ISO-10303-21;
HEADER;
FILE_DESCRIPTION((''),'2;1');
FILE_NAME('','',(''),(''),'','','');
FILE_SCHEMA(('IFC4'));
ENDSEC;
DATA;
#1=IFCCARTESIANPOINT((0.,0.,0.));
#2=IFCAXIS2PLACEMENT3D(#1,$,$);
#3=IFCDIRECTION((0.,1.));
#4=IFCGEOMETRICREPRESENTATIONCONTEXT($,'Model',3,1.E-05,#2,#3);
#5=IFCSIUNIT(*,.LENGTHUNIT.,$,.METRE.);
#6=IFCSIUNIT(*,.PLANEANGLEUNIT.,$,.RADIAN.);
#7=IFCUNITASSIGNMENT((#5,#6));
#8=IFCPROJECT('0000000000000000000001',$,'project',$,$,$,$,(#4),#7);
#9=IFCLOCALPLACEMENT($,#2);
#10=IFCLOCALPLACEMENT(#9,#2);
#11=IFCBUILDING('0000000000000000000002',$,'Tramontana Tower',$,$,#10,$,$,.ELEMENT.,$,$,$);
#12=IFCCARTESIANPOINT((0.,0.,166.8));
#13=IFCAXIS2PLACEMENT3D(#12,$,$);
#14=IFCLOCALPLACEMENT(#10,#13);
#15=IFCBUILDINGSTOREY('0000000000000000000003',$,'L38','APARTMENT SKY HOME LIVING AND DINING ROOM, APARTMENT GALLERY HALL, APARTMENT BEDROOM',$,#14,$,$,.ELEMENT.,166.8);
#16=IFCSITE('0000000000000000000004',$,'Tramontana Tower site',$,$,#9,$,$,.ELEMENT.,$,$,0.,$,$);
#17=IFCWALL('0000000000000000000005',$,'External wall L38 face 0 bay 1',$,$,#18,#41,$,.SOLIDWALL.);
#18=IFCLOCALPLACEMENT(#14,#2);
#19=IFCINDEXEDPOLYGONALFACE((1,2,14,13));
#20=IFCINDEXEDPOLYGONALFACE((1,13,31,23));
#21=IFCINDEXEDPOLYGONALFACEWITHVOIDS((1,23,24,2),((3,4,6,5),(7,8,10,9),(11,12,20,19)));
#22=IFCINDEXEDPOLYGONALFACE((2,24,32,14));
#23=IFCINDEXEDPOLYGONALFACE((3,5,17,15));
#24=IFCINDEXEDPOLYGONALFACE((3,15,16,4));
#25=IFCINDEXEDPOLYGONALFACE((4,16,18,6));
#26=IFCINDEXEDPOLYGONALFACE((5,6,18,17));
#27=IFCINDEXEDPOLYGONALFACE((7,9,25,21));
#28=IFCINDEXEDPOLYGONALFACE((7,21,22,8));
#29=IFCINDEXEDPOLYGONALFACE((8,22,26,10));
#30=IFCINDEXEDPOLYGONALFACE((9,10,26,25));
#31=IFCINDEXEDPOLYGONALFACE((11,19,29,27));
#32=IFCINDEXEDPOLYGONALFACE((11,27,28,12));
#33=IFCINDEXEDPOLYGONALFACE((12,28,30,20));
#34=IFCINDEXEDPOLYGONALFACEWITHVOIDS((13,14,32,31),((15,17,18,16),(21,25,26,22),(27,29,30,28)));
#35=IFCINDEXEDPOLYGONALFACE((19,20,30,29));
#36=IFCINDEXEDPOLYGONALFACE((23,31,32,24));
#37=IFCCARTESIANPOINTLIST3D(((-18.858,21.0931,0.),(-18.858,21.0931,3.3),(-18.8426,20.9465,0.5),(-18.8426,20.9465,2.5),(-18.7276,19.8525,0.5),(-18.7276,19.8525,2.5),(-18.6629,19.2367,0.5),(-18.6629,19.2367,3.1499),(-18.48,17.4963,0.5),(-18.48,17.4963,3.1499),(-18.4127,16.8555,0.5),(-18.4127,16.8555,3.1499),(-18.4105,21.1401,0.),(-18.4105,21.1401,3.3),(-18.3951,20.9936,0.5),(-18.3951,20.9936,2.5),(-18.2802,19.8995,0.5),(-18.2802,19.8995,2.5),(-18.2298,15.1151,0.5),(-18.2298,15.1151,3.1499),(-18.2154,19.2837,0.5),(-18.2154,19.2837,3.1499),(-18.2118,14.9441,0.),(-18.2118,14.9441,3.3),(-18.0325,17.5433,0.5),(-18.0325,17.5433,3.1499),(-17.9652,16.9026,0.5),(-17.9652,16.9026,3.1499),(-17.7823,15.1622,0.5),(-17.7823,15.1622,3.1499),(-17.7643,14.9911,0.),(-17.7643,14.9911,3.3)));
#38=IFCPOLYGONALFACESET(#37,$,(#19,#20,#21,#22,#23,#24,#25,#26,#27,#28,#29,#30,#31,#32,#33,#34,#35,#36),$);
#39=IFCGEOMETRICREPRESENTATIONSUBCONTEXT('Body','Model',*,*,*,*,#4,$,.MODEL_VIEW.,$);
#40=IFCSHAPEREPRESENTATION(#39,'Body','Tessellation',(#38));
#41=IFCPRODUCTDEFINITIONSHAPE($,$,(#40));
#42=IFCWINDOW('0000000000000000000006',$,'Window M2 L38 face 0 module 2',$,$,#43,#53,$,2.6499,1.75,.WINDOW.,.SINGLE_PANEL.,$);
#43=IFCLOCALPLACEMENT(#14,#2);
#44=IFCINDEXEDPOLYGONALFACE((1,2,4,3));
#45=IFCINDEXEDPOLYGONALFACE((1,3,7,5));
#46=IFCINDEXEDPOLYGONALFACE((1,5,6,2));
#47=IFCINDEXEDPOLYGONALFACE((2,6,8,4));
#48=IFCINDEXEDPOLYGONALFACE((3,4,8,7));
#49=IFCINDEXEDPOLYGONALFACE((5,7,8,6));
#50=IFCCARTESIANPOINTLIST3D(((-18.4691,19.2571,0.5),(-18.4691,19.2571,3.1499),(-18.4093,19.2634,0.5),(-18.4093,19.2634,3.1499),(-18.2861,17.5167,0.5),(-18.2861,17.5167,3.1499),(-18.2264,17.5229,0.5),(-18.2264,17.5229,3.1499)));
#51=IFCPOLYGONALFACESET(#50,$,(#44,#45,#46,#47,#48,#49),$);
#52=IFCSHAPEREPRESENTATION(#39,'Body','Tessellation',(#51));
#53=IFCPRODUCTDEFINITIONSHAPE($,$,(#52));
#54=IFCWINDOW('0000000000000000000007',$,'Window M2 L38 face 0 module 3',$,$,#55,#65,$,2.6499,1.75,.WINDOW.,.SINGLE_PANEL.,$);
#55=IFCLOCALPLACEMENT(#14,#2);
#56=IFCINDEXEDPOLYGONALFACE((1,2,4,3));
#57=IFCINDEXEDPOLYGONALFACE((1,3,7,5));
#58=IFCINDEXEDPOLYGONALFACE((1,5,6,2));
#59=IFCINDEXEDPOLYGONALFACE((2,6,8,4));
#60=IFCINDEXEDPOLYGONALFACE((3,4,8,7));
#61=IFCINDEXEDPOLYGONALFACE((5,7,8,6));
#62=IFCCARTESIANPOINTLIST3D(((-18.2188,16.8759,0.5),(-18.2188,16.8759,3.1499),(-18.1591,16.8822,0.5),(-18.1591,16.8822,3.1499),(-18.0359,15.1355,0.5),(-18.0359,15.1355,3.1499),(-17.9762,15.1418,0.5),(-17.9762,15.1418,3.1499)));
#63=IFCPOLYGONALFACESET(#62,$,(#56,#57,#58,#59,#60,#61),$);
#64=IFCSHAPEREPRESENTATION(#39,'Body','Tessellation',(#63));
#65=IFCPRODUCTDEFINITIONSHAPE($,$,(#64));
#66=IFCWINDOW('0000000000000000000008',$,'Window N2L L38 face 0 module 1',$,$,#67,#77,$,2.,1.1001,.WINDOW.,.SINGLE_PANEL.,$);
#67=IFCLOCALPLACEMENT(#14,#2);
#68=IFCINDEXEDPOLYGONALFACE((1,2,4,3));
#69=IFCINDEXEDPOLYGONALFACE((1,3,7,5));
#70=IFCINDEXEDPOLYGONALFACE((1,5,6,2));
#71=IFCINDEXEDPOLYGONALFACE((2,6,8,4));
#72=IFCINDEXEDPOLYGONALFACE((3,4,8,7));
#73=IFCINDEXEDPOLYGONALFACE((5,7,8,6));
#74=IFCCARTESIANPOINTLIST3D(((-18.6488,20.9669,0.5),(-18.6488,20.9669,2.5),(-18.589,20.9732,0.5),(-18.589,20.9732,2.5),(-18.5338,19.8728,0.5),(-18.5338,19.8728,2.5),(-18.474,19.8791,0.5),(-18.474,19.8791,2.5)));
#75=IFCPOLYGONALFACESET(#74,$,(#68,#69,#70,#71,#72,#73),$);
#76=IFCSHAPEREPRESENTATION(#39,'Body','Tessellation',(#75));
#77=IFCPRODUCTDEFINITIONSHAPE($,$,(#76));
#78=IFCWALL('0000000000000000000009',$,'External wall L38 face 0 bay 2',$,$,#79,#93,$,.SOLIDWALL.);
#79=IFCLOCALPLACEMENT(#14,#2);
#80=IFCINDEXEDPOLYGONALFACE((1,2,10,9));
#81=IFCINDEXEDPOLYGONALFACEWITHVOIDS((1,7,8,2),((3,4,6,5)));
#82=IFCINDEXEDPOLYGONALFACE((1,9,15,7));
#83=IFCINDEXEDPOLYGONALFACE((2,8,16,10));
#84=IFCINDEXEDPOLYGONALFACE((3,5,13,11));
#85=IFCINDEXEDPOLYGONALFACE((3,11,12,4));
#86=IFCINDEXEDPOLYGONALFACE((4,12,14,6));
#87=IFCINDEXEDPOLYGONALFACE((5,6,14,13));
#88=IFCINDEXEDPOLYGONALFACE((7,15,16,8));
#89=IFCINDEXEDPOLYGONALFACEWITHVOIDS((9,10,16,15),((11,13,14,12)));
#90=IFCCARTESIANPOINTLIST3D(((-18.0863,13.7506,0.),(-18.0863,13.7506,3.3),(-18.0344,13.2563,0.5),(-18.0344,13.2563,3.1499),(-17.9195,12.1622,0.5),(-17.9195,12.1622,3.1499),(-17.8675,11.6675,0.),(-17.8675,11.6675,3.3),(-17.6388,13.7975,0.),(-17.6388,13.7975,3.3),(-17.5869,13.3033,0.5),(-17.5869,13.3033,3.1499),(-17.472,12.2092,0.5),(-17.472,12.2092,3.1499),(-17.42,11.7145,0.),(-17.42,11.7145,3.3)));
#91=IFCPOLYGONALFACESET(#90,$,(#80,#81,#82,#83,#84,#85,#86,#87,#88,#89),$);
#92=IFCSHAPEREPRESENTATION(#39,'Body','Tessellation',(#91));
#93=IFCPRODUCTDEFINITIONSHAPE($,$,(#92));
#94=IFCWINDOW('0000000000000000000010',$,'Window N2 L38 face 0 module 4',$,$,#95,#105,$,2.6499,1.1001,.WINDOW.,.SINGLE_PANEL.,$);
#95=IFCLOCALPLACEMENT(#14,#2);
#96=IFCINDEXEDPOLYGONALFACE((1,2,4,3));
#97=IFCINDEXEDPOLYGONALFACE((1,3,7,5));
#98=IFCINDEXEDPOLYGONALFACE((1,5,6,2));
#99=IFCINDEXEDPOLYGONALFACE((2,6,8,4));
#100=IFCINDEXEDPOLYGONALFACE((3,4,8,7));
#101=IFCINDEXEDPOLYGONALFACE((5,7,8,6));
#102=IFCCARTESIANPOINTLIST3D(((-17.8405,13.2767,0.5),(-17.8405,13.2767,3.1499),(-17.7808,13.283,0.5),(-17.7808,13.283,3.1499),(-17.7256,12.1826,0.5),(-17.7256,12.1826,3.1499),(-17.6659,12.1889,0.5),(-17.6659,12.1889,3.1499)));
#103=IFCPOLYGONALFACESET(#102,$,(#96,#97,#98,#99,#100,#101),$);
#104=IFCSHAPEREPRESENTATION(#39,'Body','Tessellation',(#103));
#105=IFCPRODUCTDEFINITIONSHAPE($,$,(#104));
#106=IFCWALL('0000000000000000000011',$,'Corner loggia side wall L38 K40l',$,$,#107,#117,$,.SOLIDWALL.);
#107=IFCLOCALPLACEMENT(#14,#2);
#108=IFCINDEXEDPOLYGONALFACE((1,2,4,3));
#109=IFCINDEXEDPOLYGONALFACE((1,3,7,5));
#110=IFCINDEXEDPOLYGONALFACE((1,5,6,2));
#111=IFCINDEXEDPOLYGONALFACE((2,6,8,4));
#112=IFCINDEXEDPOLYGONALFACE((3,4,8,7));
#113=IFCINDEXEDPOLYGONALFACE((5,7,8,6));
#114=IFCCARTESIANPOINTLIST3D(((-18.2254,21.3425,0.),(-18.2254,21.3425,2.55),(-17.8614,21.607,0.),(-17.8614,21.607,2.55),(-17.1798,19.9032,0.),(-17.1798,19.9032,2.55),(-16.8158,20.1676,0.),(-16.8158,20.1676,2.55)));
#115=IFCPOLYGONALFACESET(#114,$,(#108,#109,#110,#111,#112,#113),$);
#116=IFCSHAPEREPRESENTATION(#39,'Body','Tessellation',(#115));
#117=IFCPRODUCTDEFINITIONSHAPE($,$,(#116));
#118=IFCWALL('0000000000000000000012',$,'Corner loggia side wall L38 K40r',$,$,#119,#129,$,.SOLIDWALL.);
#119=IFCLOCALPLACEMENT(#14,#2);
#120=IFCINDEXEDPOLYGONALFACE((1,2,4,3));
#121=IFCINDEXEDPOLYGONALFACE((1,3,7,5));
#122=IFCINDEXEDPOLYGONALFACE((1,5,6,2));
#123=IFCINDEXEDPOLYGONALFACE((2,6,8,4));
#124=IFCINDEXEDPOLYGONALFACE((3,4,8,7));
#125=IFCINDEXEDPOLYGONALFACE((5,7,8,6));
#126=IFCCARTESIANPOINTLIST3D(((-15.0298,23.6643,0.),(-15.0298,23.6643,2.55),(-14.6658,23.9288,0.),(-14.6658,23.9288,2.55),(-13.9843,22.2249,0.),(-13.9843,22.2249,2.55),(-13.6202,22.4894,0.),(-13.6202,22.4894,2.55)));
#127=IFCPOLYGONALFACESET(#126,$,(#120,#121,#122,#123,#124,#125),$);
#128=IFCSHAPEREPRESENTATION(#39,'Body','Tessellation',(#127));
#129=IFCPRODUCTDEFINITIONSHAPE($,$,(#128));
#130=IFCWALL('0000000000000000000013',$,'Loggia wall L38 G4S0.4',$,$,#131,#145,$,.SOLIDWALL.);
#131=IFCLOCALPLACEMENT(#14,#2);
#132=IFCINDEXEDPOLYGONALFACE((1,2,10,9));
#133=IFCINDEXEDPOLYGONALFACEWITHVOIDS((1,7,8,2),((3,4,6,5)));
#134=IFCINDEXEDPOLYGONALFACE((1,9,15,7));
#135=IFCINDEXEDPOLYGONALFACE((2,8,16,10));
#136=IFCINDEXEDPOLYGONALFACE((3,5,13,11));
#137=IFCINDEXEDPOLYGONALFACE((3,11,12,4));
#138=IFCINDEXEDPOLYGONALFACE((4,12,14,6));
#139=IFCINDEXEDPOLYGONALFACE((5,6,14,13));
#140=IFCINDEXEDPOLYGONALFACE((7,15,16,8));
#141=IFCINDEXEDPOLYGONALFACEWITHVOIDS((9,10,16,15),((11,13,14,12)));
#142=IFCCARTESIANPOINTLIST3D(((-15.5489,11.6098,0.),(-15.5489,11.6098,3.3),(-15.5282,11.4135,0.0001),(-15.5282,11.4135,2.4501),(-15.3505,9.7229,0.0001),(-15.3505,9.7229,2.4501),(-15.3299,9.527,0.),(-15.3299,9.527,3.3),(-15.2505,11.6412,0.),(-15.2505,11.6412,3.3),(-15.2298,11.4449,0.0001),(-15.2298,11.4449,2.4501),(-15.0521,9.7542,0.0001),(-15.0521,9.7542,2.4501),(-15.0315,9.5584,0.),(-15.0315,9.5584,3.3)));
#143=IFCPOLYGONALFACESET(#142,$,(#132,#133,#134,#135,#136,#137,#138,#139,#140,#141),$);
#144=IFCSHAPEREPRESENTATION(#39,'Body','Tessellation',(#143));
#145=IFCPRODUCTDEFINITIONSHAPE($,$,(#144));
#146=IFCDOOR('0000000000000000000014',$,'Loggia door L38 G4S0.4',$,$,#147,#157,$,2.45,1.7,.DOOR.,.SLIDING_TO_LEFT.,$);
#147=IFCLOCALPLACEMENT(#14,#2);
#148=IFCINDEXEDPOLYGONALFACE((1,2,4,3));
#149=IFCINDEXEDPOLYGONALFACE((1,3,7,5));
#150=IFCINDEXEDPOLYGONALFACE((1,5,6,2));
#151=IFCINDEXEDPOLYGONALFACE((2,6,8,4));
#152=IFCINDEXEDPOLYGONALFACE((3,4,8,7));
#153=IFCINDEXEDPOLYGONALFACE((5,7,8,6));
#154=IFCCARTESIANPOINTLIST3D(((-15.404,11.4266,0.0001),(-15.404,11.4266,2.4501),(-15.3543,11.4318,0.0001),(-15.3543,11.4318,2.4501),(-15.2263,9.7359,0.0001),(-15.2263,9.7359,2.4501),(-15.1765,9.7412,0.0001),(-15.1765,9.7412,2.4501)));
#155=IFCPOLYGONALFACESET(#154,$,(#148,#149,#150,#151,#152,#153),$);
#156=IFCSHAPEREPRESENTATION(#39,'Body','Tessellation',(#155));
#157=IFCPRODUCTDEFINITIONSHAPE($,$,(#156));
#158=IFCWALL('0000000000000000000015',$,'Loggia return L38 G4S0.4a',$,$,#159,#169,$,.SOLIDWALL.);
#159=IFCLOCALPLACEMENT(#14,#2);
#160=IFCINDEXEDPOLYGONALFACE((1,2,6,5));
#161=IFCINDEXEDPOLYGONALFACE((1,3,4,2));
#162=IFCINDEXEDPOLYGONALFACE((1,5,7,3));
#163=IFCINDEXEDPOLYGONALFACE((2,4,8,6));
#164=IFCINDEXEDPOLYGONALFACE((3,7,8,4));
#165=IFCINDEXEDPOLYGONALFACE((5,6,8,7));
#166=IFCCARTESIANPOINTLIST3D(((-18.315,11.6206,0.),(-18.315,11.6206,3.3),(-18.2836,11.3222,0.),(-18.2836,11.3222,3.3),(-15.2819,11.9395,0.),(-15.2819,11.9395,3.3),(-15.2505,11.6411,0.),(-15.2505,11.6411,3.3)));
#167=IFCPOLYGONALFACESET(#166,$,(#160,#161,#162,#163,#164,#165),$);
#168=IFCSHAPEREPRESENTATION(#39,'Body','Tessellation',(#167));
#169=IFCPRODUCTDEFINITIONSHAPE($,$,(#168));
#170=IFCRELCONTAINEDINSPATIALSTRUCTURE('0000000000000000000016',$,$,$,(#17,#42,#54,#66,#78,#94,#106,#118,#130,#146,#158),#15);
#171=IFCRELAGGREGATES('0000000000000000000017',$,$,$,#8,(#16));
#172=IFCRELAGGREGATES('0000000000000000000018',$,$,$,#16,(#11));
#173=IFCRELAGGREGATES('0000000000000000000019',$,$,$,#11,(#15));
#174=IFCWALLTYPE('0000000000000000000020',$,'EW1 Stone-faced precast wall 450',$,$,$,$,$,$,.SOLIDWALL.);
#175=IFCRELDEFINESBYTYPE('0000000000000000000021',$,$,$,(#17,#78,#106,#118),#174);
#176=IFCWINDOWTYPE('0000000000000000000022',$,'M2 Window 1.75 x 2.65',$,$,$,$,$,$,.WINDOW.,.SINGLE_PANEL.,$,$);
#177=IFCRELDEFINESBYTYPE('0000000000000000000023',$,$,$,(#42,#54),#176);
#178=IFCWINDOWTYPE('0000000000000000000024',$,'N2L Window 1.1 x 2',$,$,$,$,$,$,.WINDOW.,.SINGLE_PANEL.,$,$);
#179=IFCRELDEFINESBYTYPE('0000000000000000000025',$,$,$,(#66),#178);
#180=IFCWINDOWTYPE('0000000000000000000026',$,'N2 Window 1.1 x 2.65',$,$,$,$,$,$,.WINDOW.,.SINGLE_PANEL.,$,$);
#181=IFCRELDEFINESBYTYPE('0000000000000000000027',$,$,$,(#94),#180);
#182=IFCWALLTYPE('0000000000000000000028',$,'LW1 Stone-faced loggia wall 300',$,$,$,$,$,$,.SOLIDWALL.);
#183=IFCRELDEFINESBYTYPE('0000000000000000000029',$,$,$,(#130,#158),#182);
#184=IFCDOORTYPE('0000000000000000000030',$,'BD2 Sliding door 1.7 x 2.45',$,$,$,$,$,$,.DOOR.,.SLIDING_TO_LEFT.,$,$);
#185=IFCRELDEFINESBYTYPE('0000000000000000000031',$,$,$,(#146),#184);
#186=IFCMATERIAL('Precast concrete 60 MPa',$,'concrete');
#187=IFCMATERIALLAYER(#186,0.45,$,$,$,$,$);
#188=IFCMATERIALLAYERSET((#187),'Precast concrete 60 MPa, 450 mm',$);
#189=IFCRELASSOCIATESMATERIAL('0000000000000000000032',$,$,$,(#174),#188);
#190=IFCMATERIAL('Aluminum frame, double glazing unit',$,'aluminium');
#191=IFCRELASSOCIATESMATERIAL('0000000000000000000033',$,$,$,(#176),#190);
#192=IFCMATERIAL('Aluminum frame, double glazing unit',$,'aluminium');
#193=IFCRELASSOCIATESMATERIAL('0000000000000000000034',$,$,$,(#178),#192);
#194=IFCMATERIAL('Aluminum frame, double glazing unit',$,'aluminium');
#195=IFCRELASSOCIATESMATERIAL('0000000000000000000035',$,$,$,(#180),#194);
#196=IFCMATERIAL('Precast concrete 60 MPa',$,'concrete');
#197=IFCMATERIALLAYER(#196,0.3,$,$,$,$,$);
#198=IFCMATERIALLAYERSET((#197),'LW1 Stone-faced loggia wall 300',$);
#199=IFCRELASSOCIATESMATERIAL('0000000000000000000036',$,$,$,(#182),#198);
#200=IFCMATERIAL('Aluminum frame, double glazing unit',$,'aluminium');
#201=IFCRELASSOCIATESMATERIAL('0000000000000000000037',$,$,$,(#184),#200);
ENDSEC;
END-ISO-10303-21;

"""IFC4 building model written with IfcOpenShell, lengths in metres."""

from ifc_helpers import new_model, si_unit, direction, frame, frame_2d, origin, place, context, subcontext, project, spatial, rectangle, extrude, material, layer, layer_set, type_object, element, fill, save


model = new_model("IFC4")

# Units and contexts
model_context = context("Model", 3, precision=1e-05, world=origin(), true_north=direction((0.0, 1.0)))
body_context = subcontext(model_context, "Body", "Model", "MODEL_VIEW")
ifc_project = project(units=[si_unit("LENGTHUNIT", "METRE"), si_unit("PLANEANGLEUNIT", "RADIAN")], contexts=[model_context])

# Site, building, storey
site_placement = place(None, origin())
site = spatial("IfcSite", under=ifc_project, at=site_placement, Name="Tramontana Tower site", CompositionType="ELEMENT", RefElevation=0.0)
building_placement = place(site_placement, origin())
building = spatial("IfcBuilding", under=site, at=building_placement, Name="Tramontana Tower", CompositionType="ELEMENT")
storey_placement = place(building_placement, frame((0.0, 0.0, 166.8)))
storey = spatial("IfcBuildingStorey", under=building, at=storey_placement, Name="L38", Description="APARTMENT SKY HOME LIVING AND DINING ROOM, APARTMENT GALLERY HALL, APARTMENT BEDROOM", CompositionType="ELEMENT", Elevation=166.8)

# Wall, openings, windows
ifc_material_1 = material(Name="Precast concrete 60 MPa", Category="concrete")
ifc_layer_1 = layer(ifc_material_1, 0.45)
ifc_layer_set_1 = layer_set([ifc_layer_1], Name="Precast concrete 60 MPa, 450 mm")
wall_type_1 = type_object("IfcWallType", Name="EW1 Stone-faced precast wall 450", PredefinedType="SOLIDWALL", material=ifc_layer_set_1)
wall_1_placement = place(storey_placement, frame((-18.6343, 21.1165, 0.0), z_axis=(0.0, 0.0, 1.0), x_axis=(0.104522, -0.994523, 0.0)))
wall_1 = element("IfcWall", 1, at=wall_1_placement, inside=storey, type_object=wall_type_1, Name="External wall L38 face 0 bay 1", PredefinedType="SOLIDWALL", context=body_context, shape_type="SweptSolid", body=[
    extrude(rectangle(XDim=6.1829, YDim=0.45, at=frame_2d((3.0913, 0.0))), origin(), (0.0, 0.0, 1.0), 3.3),
])
opening_1_placement = place(wall_1_placement, frame((0.1472, 0.0, 0.5)))
opening_1 = element("IfcOpeningElement", 2, at=opening_1_placement, cuts=wall_1, PredefinedType="OPENING", context=body_context, shape_type="SweptSolid", body=[
    extrude(rectangle(XDim=1.1001, YDim=2.0, at=frame_2d((0.55, 1.0))), frame((0.0, 0.2349, 0.0), z_axis=(0.0, -1.0, 0.0), x_axis=(1.0, 0.0, 0.0)), (0.0, 0.0, 1.0), 0.47),
])
opening_2_placement = place(wall_1_placement, frame((1.8665, 0.0, 0.5)))
opening_2 = element("IfcOpeningElement", 3, at=opening_2_placement, cuts=wall_1, PredefinedType="OPENING", context=body_context, shape_type="SweptSolid", body=[
    extrude(rectangle(XDim=1.75, YDim=2.6499, at=frame_2d((0.875, 1.325))), frame((0.0, 0.2349, 0.0), z_axis=(0.0, -1.0, 0.0), x_axis=(1.0, 0.0, 0.0)), (0.0, 0.0, 1.0), 0.47),
])
opening_3_placement = place(wall_1_placement, frame((4.2607, 0.0, 0.5)))
opening_3 = element("IfcOpeningElement", 4, at=opening_3_placement, cuts=wall_1, PredefinedType="OPENING", context=body_context, shape_type="SweptSolid", body=[
    extrude(rectangle(XDim=1.75, YDim=2.6499, at=frame_2d((0.875, 1.325))), frame((0.0, 0.2349, 0.0), z_axis=(0.0, -1.0, 0.0), x_axis=(1.0, 0.0, 0.0)), (0.0, 0.0, 1.0), 0.47),
])
ifc_material_2 = material(Name="Aluminum frame, double glazing unit", Category="aluminium")
window_type_1 = type_object("IfcWindowType", Name="M2 Window 1.75 x 2.65", PartitioningType="SINGLE_PANEL", PredefinedType="WINDOW", material=ifc_material_2)
window_1_placement = place(opening_2_placement, origin())
window_1 = element("IfcWindow", 5, at=window_1_placement, inside=storey, type_object=window_type_1, Name="Window M2 L38 face 0 module 2", OverallHeight=2.6499, OverallWidth=1.75, PartitioningType="SINGLE_PANEL", PredefinedType="WINDOW", context=body_context, shape_type="SweptSolid", body=[
    extrude(rectangle(XDim=1.75, YDim=2.6499, at=frame_2d((0.875, 1.325))), frame((0.0, 0.03, 0.0), z_axis=(0.0, -1.0, 0.0), x_axis=(1.0, 0.0, 0.0)), (0.0, 0.0, 1.0), 0.0601),
])
fill(opening_2, window_1)
window_2_placement = place(opening_3_placement, origin())
window_2 = element("IfcWindow", 6, at=window_2_placement, inside=storey, type_object=window_type_1, Name="Window M2 L38 face 0 module 3", OverallHeight=2.6499, OverallWidth=1.75, PartitioningType="SINGLE_PANEL", PredefinedType="WINDOW", context=body_context, shape_type="SweptSolid", body=[
    extrude(rectangle(XDim=1.75, YDim=2.6499, at=frame_2d((0.875, 1.325))), frame((0.0, 0.03, 0.0), z_axis=(0.0, -1.0, 0.0), x_axis=(1.0, 0.0, 0.0)), (0.0, 0.0, 1.0), 0.0601),
])
fill(opening_3, window_2)
ifc_material_3 = material(Name="Aluminum frame, double glazing unit", Category="aluminium")
window_type_2 = type_object("IfcWindowType", Name="N2L Window 1.1 x 2", PartitioningType="SINGLE_PANEL", PredefinedType="WINDOW", material=ifc_material_3)
window_3_placement = place(opening_1_placement, origin())
window_3 = element("IfcWindow", 7, at=window_3_placement, inside=storey, type_object=window_type_2, Name="Window N2L L38 face 0 module 1", OverallHeight=2.0, OverallWidth=1.1001, PartitioningType="SINGLE_PANEL", PredefinedType="WINDOW", context=body_context, shape_type="SweptSolid", body=[
    extrude(rectangle(XDim=1.1001, YDim=2.0, at=frame_2d((0.55, 1.0))), frame((0.0, 0.03, 0.0), z_axis=(0.0, -1.0, 0.0), x_axis=(1.0, 0.0, 0.0)), (0.0, 0.0, 1.0), 0.0601),
])
fill(opening_1, window_3)

# Wall, opening, window
wall_2_placement = place(storey_placement, frame((-17.8625, 13.7742, 0.0), z_axis=(0.0, 0.0, 1.0), x_axis=(0.104442, -0.994531, 0.0)))
wall_2 = element("IfcWall", 8, at=wall_2_placement, inside=storey, type_object=wall_type_1, Name="External wall L38 face 0 bay 2", PredefinedType="SOLIDWALL", context=body_context, shape_type="SweptSolid", body=[
    extrude(rectangle(XDim=2.0945, YDim=0.45, at=frame_2d((1.0474, 0.0))), origin(), (0.0, 0.0, 1.0), 3.3),
])
opening_4_placement = place(wall_2_placement, frame((0.4971, 0.0, 0.5)))
opening_4 = element("IfcOpeningElement", 9, at=opening_4_placement, cuts=wall_2, PredefinedType="OPENING", context=body_context, shape_type="SweptSolid", body=[
    extrude(rectangle(XDim=1.1001, YDim=2.6499, at=frame_2d((0.55, 1.325))), frame((0.0, 0.2349, 0.0), z_axis=(0.0, -1.0, 0.0), x_axis=(1.0, 0.0, 0.0)), (0.0, 0.0, 1.0), 0.47),
])
ifc_material_4 = material(Name="Aluminum frame, double glazing unit", Category="aluminium")
window_type_3 = type_object("IfcWindowType", Name="N2 Window 1.1 x 2.65", PartitioningType="SINGLE_PANEL", PredefinedType="WINDOW", material=ifc_material_4)
window_4_placement = place(opening_4_placement, origin())
window_4 = element("IfcWindow", 10, at=window_4_placement, inside=storey, type_object=window_type_3, Name="Window N2 L38 face 0 module 4", OverallHeight=2.6499, OverallWidth=1.1001, PartitioningType="SINGLE_PANEL", PredefinedType="WINDOW", context=body_context, shape_type="SweptSolid", body=[
    extrude(rectangle(XDim=1.1001, YDim=2.6499, at=frame_2d((0.55, 1.325))), frame((0.0, 0.03, 0.0), z_axis=(0.0, -1.0, 0.0), x_axis=(1.0, 0.0, 0.0)), (0.0, 0.0, 1.0), 0.0601),
])
fill(opening_4, window_4)

# Walls
for number, where, z_axis, x_axis, name in (
    (11, (-18.0435, 21.4749, 0.0), (0.0, 0.0, 1.0), (0.587723, -0.809062, 0.0), "Corner loggia side wall L38 K40l"),
    (12, (-14.8479, 23.7966, 0.0), (0.0, 0.0, 1.0), (0.587723, -0.809062, 0.0), "Corner loggia side wall L38 K40r"),
):
    element("IfcWall", number, at=place(storey_placement, frame(where, z_axis=z_axis, x_axis=x_axis)), inside=storey, type_object=wall_type_1, Name=name, PredefinedType="SOLIDWALL", context=body_context, shape_type="SweptSolid", body=[
        extrude(rectangle(XDim=1.7791, YDim=0.45, at=frame_2d((0.8896, 0.0))), origin(), (0.0, 0.0, 1.0), 2.55),
    ])

# Wall, opening, door
ifc_material_5 = material(Name="Precast concrete 60 MPa", Category="concrete")
ifc_layer_2 = layer(ifc_material_5, 0.3)
ifc_layer_set_2 = layer_set([ifc_layer_2], Name="LW1 Stone-faced loggia wall 300")
wall_type_2 = type_object("IfcWallType", Name="LW1 Stone-faced loggia wall 300", PredefinedType="SOLIDWALL", material=ifc_layer_set_2)
wall_3_placement = place(storey_placement, frame((-15.3997, 11.6255, 0.0), z_axis=(0.0, 0.0, 1.0), x_axis=(0.104569, -0.994518, 0.0)))
wall_3 = element("IfcWall", 13, at=wall_3_placement, inside=storey, type_object=wall_type_2, Name="Loggia wall L38 G4S0.4", PredefinedType="SOLIDWALL", context=body_context, shape_type="SweptSolid", body=[
    extrude(rectangle(XDim=2.0942, YDim=0.3, at=frame_2d((1.0471, 0.0))), origin(), (0.0, 0.0, 1.0), 3.3),
])
opening_5_placement = place(wall_3_placement, frame((0.1973, 0.0, 0.0)))
opening_5 = element("IfcOpeningElement", 14, at=opening_5_placement, cuts=wall_3, PredefinedType="OPENING", context=body_context, shape_type="SweptSolid", body=[
    extrude(rectangle(XDim=1.7, YDim=2.45, at=frame_2d((0.8501, 1.2251))), frame((0.0, 0.1599, 0.0), z_axis=(0.0, -1.0, 0.0), x_axis=(1.0, 0.0, 0.0)), (0.0, 0.0, 1.0), 0.3201),
])
ifc_material_6 = material(Name="Aluminum frame, double glazing unit", Category="aluminium")
door_type_1 = type_object("IfcDoorType", Name="BD2 Sliding door 1.7 x 2.45", OperationType="SLIDING_TO_LEFT", PredefinedType="DOOR", material=ifc_material_6)
door_1_placement = place(opening_5_placement, origin())
door_1 = element("IfcDoor", 15, at=door_1_placement, inside=storey, type_object=door_type_1, Name="Loggia door L38 G4S0.4", OperationType="SLIDING_TO_LEFT", OverallHeight=2.45, OverallWidth=1.7, PredefinedType="DOOR", context=body_context, shape_type="SweptSolid", body=[
    extrude(rectangle(XDim=1.7, YDim=2.45, at=frame_2d((0.8501, 1.2251))), frame((0.0, 0.0249, 0.0), z_axis=(0.0, -1.0, 0.0), x_axis=(1.0, 0.0, 0.0)), (0.0, 0.0, 1.0), 0.05),
])
fill(opening_5, door_1)

# Wall
wall_4_placement = place(storey_placement, frame((-18.2993, 11.4714, 0.0), z_axis=(0.0, 0.0, 1.0), x_axis=(0.99452, 0.104543, 0.0)))
element("IfcWall", 16, at=wall_4_placement, inside=storey, type_object=wall_type_2, Name="Loggia return L38 G4S0.4a", PredefinedType="SOLIDWALL", context=body_context, shape_type="SweptSolid", body=[
    extrude(rectangle(XDim=3.0498, YDim=0.3, at=frame_2d((1.5249, 0.0))), origin(), (0.0, 0.0, 1.0), 3.3),
])

save(model, "model.ifc")
